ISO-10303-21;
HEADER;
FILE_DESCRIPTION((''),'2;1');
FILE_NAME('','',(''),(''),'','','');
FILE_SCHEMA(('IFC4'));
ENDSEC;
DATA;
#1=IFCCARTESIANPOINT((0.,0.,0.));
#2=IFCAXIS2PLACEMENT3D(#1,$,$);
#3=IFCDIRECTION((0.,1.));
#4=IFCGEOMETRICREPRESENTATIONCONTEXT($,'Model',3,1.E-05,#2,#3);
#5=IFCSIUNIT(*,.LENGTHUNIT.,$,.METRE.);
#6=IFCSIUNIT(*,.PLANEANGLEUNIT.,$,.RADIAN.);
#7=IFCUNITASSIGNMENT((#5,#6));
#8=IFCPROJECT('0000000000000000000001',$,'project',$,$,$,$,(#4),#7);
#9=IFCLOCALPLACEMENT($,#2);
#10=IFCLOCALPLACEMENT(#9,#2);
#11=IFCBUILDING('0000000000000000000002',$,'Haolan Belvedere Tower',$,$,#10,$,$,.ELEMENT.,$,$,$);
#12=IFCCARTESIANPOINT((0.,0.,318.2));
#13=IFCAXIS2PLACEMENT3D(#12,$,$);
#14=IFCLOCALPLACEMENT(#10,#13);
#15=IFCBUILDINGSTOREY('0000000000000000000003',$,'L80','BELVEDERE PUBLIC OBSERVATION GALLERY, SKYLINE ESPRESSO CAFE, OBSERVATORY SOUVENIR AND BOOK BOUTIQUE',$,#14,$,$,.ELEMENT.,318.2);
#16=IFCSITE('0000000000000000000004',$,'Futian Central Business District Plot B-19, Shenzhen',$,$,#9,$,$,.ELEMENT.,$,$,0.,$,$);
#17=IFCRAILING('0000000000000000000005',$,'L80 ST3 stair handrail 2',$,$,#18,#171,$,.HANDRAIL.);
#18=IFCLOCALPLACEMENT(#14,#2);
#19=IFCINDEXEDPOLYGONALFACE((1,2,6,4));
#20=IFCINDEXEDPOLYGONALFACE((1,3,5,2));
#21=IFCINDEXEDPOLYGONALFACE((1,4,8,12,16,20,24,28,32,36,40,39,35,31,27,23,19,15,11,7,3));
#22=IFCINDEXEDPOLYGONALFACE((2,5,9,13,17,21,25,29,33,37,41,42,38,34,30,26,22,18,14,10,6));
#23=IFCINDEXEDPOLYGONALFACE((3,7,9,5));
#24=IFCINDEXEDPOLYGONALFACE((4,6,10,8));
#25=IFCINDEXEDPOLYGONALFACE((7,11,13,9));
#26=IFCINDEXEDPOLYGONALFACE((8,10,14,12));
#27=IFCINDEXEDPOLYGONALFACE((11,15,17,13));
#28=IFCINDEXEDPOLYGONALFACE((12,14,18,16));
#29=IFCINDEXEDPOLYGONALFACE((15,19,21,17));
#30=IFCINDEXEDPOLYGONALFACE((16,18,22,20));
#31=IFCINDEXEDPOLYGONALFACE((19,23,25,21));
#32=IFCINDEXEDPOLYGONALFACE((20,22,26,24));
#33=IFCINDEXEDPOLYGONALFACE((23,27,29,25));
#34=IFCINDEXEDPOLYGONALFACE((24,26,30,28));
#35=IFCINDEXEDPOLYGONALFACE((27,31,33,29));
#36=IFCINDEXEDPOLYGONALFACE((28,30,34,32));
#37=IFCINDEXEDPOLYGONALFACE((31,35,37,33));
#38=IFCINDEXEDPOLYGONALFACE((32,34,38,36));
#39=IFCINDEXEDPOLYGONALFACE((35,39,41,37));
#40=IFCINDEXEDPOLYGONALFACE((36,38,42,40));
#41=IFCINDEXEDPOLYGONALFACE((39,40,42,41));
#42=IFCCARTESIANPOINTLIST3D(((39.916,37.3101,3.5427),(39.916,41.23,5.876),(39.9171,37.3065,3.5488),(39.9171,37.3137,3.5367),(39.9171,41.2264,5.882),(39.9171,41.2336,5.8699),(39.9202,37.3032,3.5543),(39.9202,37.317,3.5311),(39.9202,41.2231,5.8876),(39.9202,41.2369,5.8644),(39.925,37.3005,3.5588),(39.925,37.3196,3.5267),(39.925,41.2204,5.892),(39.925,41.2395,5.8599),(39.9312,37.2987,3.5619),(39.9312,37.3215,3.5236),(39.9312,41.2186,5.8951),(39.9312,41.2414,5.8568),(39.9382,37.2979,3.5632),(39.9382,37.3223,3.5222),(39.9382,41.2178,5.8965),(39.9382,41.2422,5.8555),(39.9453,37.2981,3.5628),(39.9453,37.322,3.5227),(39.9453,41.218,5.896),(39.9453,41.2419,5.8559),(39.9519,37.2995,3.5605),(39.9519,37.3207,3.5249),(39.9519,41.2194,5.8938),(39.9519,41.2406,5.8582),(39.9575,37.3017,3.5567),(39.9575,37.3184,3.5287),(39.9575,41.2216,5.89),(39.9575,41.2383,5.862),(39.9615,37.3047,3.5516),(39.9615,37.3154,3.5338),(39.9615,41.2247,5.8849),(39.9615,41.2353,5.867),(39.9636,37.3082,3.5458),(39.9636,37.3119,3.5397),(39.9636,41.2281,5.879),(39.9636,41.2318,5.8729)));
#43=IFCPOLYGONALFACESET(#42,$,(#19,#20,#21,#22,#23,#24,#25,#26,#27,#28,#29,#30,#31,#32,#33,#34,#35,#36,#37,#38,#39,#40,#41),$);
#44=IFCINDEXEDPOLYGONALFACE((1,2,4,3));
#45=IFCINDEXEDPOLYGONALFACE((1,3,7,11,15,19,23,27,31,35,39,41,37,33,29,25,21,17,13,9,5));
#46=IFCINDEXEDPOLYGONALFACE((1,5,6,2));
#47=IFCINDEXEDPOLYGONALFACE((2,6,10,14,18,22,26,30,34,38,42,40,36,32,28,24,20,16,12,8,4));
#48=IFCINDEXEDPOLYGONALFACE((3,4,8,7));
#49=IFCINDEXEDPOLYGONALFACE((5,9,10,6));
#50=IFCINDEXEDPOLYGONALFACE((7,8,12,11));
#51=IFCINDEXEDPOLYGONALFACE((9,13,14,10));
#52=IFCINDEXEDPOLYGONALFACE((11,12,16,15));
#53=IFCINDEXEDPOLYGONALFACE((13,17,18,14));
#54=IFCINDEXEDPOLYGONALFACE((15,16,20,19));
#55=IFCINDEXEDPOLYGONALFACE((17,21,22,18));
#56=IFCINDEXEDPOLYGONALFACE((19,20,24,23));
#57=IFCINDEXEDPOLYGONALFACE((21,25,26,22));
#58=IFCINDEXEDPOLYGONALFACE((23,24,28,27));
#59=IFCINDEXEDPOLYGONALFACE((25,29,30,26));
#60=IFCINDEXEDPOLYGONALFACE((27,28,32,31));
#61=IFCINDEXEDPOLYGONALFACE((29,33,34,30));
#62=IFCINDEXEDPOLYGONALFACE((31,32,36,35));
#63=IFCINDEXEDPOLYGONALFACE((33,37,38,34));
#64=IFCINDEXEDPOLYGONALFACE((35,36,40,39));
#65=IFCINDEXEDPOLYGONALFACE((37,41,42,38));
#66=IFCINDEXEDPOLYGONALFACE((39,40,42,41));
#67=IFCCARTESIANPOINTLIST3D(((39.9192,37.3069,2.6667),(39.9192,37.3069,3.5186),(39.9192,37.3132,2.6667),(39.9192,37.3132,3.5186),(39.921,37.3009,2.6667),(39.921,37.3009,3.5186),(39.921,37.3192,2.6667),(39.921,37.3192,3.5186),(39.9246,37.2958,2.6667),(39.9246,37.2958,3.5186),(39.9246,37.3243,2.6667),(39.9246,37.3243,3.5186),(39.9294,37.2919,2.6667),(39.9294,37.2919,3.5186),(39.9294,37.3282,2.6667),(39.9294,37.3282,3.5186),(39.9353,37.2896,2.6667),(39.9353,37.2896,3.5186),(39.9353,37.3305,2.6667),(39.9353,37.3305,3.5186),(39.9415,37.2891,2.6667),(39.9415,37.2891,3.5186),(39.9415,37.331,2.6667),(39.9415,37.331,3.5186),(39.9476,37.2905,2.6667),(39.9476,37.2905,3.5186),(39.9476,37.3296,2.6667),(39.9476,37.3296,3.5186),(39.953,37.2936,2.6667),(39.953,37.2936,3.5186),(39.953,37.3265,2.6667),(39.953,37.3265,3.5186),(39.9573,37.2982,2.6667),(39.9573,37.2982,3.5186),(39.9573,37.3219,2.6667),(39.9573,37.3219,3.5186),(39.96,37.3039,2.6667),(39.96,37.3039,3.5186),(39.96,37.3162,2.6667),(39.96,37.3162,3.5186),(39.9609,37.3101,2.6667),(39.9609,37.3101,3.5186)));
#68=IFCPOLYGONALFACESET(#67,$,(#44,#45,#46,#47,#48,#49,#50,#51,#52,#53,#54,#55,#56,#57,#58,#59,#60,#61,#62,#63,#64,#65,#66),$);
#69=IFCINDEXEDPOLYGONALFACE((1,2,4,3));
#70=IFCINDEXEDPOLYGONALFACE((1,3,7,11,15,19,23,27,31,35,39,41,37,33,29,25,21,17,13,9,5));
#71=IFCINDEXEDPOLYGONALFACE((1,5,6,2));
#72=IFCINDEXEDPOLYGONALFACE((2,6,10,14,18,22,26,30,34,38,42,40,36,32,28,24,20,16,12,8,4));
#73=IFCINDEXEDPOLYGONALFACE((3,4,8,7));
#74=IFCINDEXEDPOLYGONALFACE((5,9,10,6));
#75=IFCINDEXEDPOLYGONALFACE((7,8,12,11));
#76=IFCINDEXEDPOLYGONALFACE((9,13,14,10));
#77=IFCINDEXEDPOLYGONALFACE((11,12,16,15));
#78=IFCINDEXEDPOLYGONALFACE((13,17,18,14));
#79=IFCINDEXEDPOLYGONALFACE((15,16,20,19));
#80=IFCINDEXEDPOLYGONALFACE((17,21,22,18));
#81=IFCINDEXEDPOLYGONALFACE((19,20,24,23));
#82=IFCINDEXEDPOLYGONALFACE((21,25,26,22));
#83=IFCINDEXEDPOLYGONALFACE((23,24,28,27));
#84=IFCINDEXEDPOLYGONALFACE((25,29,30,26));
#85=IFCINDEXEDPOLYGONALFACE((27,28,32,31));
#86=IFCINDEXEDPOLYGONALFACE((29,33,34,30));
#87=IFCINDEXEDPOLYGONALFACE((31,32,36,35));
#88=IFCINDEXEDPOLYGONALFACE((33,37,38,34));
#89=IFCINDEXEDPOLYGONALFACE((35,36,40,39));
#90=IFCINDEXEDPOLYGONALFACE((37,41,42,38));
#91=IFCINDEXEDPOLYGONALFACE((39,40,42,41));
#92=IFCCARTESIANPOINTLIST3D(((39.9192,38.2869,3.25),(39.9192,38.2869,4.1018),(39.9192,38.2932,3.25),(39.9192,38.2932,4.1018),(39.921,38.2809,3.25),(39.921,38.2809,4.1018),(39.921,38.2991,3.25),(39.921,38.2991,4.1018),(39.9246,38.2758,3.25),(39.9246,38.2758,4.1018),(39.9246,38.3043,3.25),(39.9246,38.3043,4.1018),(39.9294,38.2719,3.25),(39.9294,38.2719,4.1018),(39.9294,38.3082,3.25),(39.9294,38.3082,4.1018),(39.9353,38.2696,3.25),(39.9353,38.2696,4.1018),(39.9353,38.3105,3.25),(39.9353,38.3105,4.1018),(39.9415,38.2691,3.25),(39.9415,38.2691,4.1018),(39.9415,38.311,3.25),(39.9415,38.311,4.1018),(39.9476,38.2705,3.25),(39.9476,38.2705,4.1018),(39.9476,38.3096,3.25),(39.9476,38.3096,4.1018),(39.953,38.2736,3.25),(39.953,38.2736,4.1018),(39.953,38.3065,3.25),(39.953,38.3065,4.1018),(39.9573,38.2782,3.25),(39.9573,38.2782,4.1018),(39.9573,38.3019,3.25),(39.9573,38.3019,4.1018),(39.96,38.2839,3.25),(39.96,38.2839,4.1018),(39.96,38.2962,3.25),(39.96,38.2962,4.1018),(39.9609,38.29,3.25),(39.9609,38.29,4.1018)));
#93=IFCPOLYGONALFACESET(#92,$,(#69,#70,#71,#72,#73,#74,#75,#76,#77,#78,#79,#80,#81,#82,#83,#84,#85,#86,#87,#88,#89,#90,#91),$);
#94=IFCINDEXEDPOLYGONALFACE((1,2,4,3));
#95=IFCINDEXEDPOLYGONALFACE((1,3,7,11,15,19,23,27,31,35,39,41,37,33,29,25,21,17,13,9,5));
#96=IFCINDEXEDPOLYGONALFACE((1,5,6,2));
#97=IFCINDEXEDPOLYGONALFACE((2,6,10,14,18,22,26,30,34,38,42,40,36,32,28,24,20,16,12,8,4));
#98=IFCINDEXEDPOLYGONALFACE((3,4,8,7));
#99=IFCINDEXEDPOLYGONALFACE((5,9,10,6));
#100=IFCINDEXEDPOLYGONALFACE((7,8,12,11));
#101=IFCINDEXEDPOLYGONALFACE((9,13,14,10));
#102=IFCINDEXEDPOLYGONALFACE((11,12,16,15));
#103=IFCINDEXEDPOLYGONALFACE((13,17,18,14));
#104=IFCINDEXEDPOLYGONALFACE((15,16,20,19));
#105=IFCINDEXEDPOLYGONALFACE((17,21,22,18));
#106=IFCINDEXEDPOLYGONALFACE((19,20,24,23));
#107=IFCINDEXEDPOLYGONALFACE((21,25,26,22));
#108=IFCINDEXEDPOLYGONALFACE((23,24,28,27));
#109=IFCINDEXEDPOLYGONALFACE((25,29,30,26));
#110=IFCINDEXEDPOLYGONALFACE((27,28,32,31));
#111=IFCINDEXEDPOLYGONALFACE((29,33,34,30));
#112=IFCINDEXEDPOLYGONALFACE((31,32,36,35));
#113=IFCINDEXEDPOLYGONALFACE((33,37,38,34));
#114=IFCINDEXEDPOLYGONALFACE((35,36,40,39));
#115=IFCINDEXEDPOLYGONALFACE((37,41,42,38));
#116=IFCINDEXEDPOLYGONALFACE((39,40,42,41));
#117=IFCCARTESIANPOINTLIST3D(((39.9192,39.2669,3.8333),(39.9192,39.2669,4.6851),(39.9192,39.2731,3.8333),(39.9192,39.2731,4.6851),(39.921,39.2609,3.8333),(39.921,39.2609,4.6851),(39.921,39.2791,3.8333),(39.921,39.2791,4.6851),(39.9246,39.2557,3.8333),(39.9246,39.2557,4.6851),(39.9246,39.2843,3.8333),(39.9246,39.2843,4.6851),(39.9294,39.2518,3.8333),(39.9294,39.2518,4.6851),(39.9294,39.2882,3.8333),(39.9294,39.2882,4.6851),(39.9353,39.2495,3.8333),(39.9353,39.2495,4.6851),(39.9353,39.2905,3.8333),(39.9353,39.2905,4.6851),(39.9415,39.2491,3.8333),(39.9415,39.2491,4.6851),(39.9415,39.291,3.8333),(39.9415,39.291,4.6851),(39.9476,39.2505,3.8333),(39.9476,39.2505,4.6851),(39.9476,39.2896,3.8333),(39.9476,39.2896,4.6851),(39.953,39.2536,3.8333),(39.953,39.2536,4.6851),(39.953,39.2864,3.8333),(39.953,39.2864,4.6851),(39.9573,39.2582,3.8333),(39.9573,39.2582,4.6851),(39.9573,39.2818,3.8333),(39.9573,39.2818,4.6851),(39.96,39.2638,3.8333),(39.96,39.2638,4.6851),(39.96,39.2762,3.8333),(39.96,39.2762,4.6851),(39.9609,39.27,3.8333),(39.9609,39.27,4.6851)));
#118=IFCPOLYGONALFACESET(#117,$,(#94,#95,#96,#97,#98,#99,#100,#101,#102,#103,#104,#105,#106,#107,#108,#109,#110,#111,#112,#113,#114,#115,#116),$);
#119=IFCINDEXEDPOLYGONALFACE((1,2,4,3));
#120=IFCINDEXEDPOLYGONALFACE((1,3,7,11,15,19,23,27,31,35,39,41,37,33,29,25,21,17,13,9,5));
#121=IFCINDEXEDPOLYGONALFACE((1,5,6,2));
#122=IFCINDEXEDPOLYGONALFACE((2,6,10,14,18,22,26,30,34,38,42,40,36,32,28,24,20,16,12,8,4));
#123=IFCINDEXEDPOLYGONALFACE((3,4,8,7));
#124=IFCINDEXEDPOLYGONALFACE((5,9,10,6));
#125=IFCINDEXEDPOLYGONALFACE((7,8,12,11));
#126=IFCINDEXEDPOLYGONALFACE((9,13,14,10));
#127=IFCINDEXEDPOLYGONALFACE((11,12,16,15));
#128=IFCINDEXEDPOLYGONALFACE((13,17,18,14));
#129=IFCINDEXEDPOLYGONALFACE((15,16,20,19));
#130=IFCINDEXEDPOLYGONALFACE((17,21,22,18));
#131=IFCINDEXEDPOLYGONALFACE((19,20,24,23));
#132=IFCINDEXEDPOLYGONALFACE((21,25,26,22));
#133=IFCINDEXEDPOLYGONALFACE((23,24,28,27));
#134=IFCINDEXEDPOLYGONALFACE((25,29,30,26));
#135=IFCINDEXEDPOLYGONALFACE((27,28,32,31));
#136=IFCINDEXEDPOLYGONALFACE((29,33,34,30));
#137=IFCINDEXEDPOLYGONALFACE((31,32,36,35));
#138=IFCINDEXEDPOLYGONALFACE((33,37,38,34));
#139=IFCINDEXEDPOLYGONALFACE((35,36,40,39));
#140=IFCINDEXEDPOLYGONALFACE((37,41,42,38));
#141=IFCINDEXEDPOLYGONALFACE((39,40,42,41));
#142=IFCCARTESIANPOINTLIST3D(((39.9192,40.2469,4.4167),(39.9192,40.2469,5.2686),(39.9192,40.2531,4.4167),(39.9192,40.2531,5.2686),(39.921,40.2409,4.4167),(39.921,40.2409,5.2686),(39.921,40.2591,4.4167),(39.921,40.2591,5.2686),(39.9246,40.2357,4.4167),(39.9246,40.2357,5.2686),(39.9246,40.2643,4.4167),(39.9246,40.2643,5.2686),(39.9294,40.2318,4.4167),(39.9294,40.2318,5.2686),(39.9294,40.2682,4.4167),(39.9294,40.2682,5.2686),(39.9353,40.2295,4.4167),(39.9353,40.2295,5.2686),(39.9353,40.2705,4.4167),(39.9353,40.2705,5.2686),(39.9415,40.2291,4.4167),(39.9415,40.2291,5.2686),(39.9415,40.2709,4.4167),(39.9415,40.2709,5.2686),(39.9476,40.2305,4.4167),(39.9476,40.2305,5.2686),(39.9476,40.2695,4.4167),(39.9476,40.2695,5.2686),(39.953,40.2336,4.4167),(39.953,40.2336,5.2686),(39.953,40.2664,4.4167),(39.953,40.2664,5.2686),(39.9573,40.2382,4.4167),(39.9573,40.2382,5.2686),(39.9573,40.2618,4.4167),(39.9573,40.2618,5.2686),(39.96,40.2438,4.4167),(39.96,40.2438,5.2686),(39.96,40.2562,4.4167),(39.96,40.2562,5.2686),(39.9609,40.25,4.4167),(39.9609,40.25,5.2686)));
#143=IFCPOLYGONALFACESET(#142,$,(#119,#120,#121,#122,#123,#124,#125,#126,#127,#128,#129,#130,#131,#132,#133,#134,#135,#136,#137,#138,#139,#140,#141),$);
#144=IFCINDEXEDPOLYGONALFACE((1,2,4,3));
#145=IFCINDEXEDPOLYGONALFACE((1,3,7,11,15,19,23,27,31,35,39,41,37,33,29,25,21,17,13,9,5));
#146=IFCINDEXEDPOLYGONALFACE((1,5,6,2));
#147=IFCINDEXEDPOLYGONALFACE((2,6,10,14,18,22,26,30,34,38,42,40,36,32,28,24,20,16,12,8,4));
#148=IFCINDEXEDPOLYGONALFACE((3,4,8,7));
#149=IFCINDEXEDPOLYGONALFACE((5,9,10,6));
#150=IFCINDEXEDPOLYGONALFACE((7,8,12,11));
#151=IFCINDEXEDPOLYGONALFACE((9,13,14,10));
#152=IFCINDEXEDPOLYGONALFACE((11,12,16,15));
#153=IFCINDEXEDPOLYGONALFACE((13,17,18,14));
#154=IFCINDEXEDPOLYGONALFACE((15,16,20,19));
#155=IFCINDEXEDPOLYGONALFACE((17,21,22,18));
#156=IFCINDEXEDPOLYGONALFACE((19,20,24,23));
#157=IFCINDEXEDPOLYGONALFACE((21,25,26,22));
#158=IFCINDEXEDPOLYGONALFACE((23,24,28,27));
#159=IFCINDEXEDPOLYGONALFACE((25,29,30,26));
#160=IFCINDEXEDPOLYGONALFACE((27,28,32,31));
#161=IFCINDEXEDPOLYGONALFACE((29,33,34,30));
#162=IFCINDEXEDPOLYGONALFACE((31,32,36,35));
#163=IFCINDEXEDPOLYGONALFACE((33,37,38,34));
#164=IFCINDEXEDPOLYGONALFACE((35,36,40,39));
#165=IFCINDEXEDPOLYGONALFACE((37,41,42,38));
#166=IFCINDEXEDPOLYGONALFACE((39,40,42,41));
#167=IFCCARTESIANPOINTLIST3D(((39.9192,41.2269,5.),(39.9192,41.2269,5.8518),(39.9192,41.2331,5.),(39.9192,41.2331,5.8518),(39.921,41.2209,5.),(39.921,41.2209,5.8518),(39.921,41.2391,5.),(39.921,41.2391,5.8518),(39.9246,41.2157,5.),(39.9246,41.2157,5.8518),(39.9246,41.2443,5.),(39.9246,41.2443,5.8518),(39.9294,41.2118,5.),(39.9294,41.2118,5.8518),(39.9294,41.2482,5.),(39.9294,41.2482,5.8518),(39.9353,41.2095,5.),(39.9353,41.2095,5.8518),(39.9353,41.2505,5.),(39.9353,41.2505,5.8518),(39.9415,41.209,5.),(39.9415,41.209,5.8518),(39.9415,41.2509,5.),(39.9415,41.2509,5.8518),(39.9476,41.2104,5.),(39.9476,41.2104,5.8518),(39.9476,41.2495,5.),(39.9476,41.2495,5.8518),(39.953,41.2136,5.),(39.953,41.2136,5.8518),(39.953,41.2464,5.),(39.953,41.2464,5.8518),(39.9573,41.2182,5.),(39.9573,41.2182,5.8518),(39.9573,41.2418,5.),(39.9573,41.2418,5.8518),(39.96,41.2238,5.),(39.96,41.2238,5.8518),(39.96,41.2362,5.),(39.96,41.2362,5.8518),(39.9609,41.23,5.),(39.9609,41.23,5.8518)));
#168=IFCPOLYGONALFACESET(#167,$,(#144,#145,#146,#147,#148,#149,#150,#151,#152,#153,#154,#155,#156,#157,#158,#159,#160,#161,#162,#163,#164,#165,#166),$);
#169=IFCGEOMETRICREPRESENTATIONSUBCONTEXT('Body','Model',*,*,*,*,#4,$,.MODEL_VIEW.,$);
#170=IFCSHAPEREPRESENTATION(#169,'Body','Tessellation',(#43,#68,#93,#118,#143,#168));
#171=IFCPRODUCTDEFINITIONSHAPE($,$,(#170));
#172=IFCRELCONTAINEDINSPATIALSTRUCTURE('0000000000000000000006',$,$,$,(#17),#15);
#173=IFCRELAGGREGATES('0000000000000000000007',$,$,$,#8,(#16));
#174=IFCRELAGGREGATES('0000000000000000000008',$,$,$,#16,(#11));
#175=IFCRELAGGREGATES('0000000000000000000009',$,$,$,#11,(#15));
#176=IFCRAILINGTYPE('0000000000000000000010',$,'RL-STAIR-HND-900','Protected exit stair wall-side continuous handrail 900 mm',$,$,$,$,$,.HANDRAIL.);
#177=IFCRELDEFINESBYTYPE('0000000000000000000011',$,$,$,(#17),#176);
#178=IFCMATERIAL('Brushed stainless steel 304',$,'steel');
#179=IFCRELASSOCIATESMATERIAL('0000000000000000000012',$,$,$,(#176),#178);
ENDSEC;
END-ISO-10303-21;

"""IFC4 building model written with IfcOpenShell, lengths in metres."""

from ifc_helpers import new_model, si_unit, direction, frame, origin, origin_2d, place, context, subcontext, project, spatial, circle, extrude, material, type_object, element, save


model = new_model("IFC4")

# Units and contexts
model_context = context("Model", 3, precision=1e-05, world=origin(), true_north=direction((0.0, 1.0)))
body_context = subcontext(model_context, "Body", "Model", "MODEL_VIEW")
ifc_project = project(units=[si_unit("LENGTHUNIT", "METRE"), si_unit("PLANEANGLEUNIT", "RADIAN")], contexts=[model_context])

# Site, building, storey
site_placement = place(None, origin())
site = spatial("IfcSite", under=ifc_project, at=site_placement, Name="Futian Central Business District Plot B-19, Shenzhen", CompositionType="ELEMENT", RefElevation=0.0)
building_placement = place(site_placement, origin())
building = spatial("IfcBuilding", under=site, at=building_placement, Name="Haolan Belvedere Tower", CompositionType="ELEMENT")
storey_placement = place(building_placement, frame((0.0, 0.0, 318.2)))
storey = spatial("IfcBuildingStorey", under=building, at=storey_placement, Name="L80", Description="BELVEDERE PUBLIC OBSERVATION GALLERY, SKYLINE ESPRESSO CAFE, OBSERVATORY SOUVENIR AND BOOK BOUTIQUE", CompositionType="ELEMENT", Elevation=318.2)

# Railing
ifc_material_1 = material(Name="Brushed stainless steel 304", Category="steel")
railing_type_1 = type_object("IfcRailingType", Name="RL-STAIR-HND-900", Description="Protected exit stair wall-side continuous handrail 900 mm", PredefinedType="HANDRAIL", material=ifc_material_1)
railing_1_placement = place(storey_placement, frame((39.9399, 37.3101, 2.6667)))
element("IfcRailing", 1, at=railing_1_placement, inside=storey, type_object=railing_type_1, Name="L80 ST3 stair handrail 2", PredefinedType="HANDRAIL", context=body_context, shape_type="SweptSolid", body=[
    extrude(circle(Radius=0.0239, at=origin_2d()), frame((0.0, 0.0, 0.876), z_axis=(0.0, 0.859296, 0.511478), x_axis=(-1.0, 0.0, 0.0)), (0.0, 0.0, 1.0), 4.5618),
    extrude(circle(Radius=0.021, at=origin_2d()), origin(), (0.0, 0.0, 1.0), 0.8518),
    extrude(circle(Radius=0.021, at=origin_2d()), frame((0.0, 0.98, 0.5833)), (0.0, 0.0, 1.0), 0.8518),
    extrude(circle(Radius=0.021, at=origin_2d()), frame((0.0, 1.96, 1.1665)), (0.0, 0.0, 1.0), 0.8518),
    extrude(circle(Radius=0.021, at=origin_2d()), frame((0.0, 2.9399, 1.75)), (0.0, 0.0, 1.0), 0.8518),
    extrude(circle(Radius=0.021, at=origin_2d()), frame((0.0, 3.9199, 2.3333)), (0.0, 0.0, 1.0), 0.8518),
])

save(model, "model.ifc")
